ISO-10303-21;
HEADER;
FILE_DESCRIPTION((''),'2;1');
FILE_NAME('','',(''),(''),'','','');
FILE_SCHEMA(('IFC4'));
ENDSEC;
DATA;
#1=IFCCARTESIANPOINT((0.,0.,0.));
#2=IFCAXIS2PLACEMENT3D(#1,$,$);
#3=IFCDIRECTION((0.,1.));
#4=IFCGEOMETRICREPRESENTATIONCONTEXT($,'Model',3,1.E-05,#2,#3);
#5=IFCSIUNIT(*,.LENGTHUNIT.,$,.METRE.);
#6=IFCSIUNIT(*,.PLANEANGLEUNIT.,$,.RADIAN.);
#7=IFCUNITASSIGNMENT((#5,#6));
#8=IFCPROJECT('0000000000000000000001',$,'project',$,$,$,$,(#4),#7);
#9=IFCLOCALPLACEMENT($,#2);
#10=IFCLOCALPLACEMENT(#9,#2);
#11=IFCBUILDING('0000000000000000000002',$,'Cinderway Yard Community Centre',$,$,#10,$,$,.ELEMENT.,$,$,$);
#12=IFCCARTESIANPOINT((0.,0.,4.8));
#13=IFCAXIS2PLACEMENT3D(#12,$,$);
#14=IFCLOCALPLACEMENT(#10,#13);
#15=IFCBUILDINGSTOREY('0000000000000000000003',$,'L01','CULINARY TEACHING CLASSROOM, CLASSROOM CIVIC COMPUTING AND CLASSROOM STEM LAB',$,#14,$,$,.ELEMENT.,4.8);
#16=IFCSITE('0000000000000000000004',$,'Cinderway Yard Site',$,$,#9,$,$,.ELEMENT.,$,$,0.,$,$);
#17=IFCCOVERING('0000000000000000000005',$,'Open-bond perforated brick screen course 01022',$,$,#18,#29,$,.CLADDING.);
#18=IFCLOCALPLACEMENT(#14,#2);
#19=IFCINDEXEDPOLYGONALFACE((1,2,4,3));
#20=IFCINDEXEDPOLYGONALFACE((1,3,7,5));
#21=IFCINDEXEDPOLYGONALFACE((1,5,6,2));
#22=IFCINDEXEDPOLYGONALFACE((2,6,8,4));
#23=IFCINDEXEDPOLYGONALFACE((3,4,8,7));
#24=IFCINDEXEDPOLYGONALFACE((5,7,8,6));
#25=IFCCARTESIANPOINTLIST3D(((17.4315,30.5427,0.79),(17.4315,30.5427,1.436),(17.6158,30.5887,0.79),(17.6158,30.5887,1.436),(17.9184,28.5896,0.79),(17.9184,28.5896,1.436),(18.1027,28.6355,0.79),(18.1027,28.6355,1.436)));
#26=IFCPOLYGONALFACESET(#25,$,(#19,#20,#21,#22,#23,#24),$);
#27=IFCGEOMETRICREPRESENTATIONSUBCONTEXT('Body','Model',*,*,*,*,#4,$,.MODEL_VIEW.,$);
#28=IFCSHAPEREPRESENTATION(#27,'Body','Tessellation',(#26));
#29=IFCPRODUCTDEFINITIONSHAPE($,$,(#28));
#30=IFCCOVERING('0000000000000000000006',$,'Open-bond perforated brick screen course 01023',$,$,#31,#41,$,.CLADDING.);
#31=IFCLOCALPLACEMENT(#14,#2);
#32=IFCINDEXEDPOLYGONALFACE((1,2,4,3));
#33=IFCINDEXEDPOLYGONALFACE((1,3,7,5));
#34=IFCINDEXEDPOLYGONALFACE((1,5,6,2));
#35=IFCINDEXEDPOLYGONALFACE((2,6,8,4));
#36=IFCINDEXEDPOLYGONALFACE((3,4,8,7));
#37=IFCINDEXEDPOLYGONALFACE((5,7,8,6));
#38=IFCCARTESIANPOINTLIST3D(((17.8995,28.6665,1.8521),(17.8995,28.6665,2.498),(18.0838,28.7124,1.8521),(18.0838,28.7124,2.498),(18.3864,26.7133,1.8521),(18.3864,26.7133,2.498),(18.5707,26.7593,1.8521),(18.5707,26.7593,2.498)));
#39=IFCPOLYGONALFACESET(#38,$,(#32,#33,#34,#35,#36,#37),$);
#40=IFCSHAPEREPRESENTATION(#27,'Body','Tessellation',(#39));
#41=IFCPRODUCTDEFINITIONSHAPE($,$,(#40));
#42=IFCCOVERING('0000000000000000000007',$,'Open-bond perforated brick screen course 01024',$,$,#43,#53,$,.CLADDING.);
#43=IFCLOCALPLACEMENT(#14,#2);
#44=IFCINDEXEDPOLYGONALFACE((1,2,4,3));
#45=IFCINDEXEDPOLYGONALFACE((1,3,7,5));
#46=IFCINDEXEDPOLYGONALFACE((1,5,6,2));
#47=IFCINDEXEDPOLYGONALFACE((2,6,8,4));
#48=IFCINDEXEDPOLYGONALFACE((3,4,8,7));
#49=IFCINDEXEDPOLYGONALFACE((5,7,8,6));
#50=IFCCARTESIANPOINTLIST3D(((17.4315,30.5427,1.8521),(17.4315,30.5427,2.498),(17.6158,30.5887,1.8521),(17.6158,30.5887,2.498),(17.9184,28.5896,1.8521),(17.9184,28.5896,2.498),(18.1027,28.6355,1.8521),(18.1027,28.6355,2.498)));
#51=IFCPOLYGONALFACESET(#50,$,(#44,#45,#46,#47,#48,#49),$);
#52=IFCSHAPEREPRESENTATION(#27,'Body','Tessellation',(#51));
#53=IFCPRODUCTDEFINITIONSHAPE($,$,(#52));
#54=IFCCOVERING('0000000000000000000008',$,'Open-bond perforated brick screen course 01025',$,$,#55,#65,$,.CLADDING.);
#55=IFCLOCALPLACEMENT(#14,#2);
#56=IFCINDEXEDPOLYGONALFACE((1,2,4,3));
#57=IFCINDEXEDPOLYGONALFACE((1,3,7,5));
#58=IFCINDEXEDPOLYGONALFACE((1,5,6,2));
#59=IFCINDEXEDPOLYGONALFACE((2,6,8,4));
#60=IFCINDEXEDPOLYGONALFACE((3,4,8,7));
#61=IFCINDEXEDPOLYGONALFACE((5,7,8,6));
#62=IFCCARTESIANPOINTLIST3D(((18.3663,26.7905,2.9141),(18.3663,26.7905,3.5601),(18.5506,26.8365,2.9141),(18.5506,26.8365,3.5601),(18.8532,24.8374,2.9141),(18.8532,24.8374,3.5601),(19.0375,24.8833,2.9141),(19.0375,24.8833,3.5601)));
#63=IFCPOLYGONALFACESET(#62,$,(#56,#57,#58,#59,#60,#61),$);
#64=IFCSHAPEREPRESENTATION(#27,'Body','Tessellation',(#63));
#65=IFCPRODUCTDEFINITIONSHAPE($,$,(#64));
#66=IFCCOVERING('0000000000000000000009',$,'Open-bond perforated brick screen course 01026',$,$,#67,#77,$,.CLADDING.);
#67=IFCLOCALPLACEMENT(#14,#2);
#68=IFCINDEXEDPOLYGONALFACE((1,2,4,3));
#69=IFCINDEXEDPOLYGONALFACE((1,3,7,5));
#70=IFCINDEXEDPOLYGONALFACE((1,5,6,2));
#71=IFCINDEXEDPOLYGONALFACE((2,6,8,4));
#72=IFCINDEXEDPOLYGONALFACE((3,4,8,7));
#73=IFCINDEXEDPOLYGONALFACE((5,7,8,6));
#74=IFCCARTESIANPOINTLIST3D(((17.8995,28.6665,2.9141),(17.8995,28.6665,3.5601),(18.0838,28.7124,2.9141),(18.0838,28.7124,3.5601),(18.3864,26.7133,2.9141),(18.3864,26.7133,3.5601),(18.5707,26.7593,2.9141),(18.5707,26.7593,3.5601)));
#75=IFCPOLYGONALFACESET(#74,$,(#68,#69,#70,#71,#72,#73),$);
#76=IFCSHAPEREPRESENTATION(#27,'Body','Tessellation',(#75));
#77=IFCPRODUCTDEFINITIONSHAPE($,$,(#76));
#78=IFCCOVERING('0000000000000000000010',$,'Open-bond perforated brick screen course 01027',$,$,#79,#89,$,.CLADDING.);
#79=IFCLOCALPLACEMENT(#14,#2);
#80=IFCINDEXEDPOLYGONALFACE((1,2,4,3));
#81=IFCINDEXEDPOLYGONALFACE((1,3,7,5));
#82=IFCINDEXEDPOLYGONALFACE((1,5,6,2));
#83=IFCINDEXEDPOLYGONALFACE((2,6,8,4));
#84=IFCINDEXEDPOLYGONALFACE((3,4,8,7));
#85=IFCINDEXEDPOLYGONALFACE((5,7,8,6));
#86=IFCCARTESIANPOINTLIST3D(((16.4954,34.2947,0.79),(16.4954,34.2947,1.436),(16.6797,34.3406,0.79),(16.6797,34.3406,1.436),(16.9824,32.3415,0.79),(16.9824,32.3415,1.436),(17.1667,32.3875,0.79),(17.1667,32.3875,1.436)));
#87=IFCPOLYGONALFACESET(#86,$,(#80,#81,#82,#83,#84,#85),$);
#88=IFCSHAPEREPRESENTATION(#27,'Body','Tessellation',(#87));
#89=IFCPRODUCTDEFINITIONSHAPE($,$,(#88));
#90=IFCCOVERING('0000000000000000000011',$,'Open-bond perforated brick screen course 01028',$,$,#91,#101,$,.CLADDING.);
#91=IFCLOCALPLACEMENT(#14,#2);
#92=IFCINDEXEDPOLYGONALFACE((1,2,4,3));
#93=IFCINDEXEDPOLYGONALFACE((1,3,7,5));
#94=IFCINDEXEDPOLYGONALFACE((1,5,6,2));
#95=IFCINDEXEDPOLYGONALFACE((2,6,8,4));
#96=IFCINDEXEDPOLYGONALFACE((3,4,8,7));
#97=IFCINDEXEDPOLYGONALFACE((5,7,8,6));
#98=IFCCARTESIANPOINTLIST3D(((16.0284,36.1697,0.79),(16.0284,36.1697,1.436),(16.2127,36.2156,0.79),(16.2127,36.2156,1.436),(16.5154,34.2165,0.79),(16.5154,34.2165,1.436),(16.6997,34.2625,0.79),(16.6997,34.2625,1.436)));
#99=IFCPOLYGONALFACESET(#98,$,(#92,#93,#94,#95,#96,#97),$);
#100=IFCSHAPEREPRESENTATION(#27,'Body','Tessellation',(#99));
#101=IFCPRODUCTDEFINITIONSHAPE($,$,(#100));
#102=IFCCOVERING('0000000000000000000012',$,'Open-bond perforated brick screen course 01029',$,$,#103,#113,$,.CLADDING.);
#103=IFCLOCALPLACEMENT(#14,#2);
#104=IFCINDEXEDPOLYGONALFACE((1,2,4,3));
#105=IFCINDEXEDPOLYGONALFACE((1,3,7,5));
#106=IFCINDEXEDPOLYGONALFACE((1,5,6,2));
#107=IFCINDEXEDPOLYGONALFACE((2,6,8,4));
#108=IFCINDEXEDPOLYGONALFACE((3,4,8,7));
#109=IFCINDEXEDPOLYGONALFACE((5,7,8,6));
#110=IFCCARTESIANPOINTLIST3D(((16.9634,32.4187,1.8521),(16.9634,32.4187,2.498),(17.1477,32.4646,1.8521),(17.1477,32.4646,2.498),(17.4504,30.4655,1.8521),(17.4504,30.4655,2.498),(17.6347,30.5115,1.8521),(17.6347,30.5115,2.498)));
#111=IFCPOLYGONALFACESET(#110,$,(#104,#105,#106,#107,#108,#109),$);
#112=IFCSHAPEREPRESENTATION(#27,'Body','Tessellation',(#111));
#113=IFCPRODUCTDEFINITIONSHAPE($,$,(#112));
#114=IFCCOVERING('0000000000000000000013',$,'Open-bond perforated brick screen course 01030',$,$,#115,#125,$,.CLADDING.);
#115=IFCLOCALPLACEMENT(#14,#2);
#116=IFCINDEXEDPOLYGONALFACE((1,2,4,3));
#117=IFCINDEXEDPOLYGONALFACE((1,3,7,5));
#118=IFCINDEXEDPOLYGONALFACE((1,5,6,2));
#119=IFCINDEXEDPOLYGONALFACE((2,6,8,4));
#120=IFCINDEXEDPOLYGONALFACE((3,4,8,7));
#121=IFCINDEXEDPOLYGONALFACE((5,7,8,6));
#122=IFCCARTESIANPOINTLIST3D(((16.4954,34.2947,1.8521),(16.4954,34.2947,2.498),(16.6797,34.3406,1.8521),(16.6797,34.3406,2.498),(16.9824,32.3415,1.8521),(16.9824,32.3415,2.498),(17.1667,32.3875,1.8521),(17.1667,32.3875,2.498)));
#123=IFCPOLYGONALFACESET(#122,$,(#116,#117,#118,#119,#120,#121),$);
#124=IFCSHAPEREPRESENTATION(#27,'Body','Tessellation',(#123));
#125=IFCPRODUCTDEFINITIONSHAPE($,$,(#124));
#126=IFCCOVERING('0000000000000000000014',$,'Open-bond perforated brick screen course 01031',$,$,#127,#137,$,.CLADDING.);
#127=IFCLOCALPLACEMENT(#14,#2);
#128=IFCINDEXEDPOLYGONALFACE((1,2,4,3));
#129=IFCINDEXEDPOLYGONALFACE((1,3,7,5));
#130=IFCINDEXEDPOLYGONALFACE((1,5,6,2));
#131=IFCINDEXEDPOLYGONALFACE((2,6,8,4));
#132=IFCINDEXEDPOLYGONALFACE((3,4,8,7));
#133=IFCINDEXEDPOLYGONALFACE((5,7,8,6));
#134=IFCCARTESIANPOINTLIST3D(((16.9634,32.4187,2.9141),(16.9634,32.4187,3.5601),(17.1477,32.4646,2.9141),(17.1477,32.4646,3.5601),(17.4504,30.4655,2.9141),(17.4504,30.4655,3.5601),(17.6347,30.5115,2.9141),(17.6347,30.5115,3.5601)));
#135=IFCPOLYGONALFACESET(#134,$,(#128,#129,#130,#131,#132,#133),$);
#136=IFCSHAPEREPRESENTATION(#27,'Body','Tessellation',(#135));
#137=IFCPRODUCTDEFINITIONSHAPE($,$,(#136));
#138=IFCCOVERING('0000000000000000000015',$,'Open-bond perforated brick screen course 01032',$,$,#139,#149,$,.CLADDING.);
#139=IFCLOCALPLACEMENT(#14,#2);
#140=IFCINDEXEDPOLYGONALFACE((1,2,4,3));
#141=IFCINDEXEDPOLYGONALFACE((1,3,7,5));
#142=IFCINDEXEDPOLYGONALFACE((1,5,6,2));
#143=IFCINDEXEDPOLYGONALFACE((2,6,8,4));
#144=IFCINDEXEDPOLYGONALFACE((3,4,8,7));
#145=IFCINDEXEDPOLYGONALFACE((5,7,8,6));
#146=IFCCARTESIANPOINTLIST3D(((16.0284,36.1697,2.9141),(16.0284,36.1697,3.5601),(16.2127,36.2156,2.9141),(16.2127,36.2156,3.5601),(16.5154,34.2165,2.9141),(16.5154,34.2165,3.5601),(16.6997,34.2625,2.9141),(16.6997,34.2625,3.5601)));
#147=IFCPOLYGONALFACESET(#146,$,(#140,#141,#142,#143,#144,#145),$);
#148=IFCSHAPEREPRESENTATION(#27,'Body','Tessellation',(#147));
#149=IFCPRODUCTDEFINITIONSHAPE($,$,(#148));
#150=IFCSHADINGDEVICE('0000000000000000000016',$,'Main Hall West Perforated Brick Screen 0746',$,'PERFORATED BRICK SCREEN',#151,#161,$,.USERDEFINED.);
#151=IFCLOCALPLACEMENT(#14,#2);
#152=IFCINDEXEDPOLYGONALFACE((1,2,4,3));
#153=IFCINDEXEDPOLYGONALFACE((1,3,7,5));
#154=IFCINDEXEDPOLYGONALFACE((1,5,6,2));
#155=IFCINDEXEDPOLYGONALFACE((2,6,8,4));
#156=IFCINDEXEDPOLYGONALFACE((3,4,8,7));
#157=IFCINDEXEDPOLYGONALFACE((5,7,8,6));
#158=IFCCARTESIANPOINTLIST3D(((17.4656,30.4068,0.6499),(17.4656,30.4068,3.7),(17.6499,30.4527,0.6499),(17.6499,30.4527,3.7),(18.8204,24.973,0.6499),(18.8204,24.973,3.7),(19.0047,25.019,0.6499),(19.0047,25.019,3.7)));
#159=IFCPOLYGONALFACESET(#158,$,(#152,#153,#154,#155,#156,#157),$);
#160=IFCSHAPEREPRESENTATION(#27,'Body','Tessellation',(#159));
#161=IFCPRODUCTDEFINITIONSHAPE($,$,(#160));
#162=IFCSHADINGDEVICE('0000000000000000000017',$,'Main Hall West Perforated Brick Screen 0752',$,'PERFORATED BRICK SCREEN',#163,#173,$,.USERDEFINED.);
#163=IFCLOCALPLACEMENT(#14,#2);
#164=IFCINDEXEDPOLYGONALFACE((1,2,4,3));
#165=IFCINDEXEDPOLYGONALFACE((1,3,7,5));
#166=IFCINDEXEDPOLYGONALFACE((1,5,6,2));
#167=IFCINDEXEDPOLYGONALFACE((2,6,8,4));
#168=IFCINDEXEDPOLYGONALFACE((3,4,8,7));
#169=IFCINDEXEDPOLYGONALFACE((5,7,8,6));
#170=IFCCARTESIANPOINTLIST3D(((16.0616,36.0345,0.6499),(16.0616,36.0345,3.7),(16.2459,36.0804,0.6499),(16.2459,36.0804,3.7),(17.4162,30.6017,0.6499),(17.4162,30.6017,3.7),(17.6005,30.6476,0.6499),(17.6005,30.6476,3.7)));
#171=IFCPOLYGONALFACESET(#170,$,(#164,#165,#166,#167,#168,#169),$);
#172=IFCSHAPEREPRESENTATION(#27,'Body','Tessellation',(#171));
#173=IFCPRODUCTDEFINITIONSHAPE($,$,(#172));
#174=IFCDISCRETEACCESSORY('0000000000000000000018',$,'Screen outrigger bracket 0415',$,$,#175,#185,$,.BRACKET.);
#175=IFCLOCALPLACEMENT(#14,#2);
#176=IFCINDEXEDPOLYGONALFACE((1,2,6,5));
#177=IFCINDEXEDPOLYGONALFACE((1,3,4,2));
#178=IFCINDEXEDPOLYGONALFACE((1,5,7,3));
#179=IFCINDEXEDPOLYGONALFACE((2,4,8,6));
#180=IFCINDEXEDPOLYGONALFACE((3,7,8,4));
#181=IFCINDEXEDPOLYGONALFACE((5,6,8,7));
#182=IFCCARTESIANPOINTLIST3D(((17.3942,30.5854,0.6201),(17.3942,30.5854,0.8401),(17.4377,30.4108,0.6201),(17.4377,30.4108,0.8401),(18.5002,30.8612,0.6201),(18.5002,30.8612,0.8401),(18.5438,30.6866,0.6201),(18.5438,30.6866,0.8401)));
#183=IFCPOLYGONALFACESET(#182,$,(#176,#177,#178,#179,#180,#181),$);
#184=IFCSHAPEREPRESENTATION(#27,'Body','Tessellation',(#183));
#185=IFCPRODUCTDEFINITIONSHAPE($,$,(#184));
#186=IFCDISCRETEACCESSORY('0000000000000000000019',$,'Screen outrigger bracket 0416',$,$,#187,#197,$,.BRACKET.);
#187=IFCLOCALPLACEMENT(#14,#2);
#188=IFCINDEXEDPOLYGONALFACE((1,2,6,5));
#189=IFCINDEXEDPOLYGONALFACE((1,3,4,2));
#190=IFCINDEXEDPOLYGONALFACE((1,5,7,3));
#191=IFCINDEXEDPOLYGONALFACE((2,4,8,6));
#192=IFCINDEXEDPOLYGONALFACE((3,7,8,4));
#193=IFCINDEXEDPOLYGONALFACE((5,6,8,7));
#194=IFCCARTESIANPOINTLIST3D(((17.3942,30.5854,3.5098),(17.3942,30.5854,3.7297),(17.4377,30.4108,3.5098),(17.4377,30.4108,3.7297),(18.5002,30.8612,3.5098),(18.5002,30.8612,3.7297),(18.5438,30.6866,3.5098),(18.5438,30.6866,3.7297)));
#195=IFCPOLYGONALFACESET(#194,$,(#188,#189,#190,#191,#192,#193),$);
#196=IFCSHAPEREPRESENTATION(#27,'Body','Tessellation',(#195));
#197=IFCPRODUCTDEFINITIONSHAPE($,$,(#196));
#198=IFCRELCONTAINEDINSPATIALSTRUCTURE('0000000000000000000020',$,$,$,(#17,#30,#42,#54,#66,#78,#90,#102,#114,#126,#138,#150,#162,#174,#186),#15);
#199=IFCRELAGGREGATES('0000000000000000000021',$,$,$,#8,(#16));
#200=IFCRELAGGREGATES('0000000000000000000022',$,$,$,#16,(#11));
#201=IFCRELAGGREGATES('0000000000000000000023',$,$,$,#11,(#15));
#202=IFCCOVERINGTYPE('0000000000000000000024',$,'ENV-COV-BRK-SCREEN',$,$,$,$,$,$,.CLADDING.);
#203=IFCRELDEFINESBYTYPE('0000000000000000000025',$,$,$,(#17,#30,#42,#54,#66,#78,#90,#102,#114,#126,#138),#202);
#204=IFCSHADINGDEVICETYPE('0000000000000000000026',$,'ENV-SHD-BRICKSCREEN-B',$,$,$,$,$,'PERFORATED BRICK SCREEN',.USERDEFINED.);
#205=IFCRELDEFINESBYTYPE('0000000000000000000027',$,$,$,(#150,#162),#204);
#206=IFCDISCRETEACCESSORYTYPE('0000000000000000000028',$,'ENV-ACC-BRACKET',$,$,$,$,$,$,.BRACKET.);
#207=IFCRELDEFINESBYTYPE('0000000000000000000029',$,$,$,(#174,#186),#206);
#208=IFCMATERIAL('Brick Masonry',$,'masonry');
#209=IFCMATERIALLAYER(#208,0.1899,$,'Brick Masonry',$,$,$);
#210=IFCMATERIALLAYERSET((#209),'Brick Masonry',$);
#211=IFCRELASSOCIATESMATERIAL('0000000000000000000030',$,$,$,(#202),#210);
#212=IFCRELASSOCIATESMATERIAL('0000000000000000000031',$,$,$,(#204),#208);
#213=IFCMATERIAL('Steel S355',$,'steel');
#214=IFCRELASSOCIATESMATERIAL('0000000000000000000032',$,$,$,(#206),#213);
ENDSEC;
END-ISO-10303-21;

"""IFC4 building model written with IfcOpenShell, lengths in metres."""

from ifc_helpers import new_model, si_unit, direction, frame, origin, origin_2d, place, context, subcontext, project, spatial, rectangle, extrude, material, layer, layer_set, type_object, element, save


model = new_model("IFC4")

# Units and contexts
model_context = context("Model", 3, precision=1e-05, world=origin(), true_north=direction((0.0, 1.0)))
body_context = subcontext(model_context, "Body", "Model", "MODEL_VIEW")
ifc_project = project(units=[si_unit("LENGTHUNIT", "METRE"), si_unit("PLANEANGLEUNIT", "RADIAN")], contexts=[model_context])

# Site, building, storey
site_placement = place(None, origin())
site = spatial("IfcSite", under=ifc_project, at=site_placement, Name="Cinderway Yard Site", CompositionType="ELEMENT", RefElevation=0.0)
building_placement = place(site_placement, origin())
building = spatial("IfcBuilding", under=site, at=building_placement, Name="Cinderway Yard Community Centre", CompositionType="ELEMENT")
storey_placement = place(building_placement, frame((0.0, 0.0, 4.8)))
storey = spatial("IfcBuildingStorey", under=building, at=storey_placement, Name="L01", Description="CULINARY TEACHING CLASSROOM, CLASSROOM CIVIC COMPUTING AND CLASSROOM STEM LAB", CompositionType="ELEMENT", Elevation=4.8)

# Shared definitions
ifc_material_1 = material(Name="Steel S355", Category="steel")

# Shared definitions
ifc_material_2 = material(Name="Brick Masonry", Category="masonry")

# Coverings
ifc_layer_1 = layer(ifc_material_2, 0.1899, Name="Brick Masonry")
ifc_layer_set_1 = layer_set([ifc_layer_1], Name="Brick Masonry")
covering_type = type_object("IfcCoveringType", Name="ENV-COV-BRK-SCREEN", PredefinedType="CLADDING", material=ifc_layer_set_1)
for number, where, z_axis, x_axis, name in (
    (1, (17.7671, 29.5891, 0.79), (0.0, 0.0, 1.0), (-0.241922, 0.970296, 0.0), "Open-bond perforated brick screen course 01022"),
    (2, (18.2351, 27.7129, 1.8521), (0.0, 0.0, 1.0), (-0.241922, 0.970296, 0.0), "Open-bond perforated brick screen course 01023"),
    (3, (17.7671, 29.5891, 1.8521), (0.0, 0.0, 1.0), (-0.241922, 0.970296, 0.0), "Open-bond perforated brick screen course 01024"),
    (4, (18.7019, 25.8369, 2.9141), (0.0, 0.0, 1.0), (-0.241922, 0.970296, 0.0), "Open-bond perforated brick screen course 01025"),
    (5, (18.2351, 27.7129, 2.9141), (0.0, 0.0, 1.0), (-0.241922, 0.970296, 0.0), "Open-bond perforated brick screen course 01026"),
    (6, (16.8311, 33.3411, 0.79), (0.0, 0.0, 1.0), (-0.241922, 0.970296, 0.0), "Open-bond perforated brick screen course 01027"),
    (7, (16.364, 35.2161, 0.79), (0.0, 0.0, 1.0), (-0.241922, 0.970296, 0.0), "Open-bond perforated brick screen course 01028"),
    (8, (17.2991, 31.4651, 1.8521), (0.0, 0.0, 1.0), (-0.241922, 0.970296, 0.0), "Open-bond perforated brick screen course 01029"),
    (9, (16.8311, 33.3411, 1.8521), (0.0, 0.0, 1.0), (-0.241922, 0.970296, 0.0), "Open-bond perforated brick screen course 01030"),
    (10, (17.2991, 31.4651, 2.9141), (0.0, 0.0, 1.0), (-0.241922, 0.970296, 0.0), "Open-bond perforated brick screen course 01031"),
    (11, (16.364, 35.2161, 2.9141), (0.0, 0.0, 1.0), (-0.241922, 0.970296, 0.0), "Open-bond perforated brick screen course 01032"),
):
    element("IfcCovering", number, at=place(storey_placement, frame(where, z_axis=z_axis, x_axis=x_axis)), inside=storey, type_object=covering_type, Name=name, PredefinedType="CLADDING", context=body_context, shape_type="SweptSolid", body=[
        extrude(rectangle(XDim=2.0129, YDim=0.1899, at=origin_2d()), origin(), (0.0, 0.0, 1.0), 0.646),
    ])

# Shading devices
shading_device_type = type_object("IfcShadingDeviceType", Name="ENV-SHD-BRICKSCREEN-B", ElementType="PERFORATED BRICK SCREEN", PredefinedType="USERDEFINED", material=ifc_material_2)
shading_device_1_placement = place(storey_placement, frame((18.2351, 27.7129, 0.6499), z_axis=(0.0, 0.0, 1.0), x_axis=(-0.241922, 0.970296, 0.0)))
element("IfcShadingDevice", 12, at=shading_device_1_placement, inside=storey, type_object=shading_device_type, Name="Main Hall West Perforated Brick Screen 0746", ObjectType="PERFORATED BRICK SCREEN", PredefinedType="USERDEFINED", context=body_context, shape_type="SweptSolid", body=[
    extrude(rectangle(XDim=5.6001, YDim=0.1899, at=origin_2d()), origin(), (0.0, 0.0, 1.0), 3.05),
])
shading_device_2_placement = place(storey_placement, frame((16.8311, 33.3411, 0.6499), z_axis=(0.0, 0.0, 1.0), x_axis=(-0.241922, 0.970296, 0.0)))
element("IfcShadingDevice", 13, at=shading_device_2_placement, inside=storey, type_object=shading_device_type, Name="Main Hall West Perforated Brick Screen 0752", ObjectType="PERFORATED BRICK SCREEN", PredefinedType="USERDEFINED", context=body_context, shape_type="SweptSolid", body=[
    extrude(rectangle(XDim=5.5991, YDim=0.1899, at=origin_2d()), origin(), (0.0, 0.0, 1.0), 3.05),
])

# Discrete accessories
discrete_accessory_type = type_object("IfcDiscreteAccessoryType", Name="ENV-ACC-BRACKET", PredefinedType="BRACKET", material=ifc_material_1)
for number, where, z_axis, x_axis, name in (
    (14, (17.969, 30.636, 0.6201), (0.0, 0.0, 1.0), (-0.970296, -0.241922, 0.0), "Screen outrigger bracket 0415"),
    (15, (17.969, 30.636, 3.5098), (0.0, 0.0, 1.0), (-0.970296, -0.241922, 0.0), "Screen outrigger bracket 0416"),
):
    element("IfcDiscreteAccessory", number, at=place(storey_placement, frame(where, z_axis=z_axis, x_axis=x_axis)), inside=storey, type_object=discrete_accessory_type, Name=name, PredefinedType="BRACKET", context=body_context, shape_type="SweptSolid", body=[
        extrude(rectangle(XDim=1.1399, YDim=0.1799, at=origin_2d()), origin(), (0.0, 0.0, 1.0), 0.22),
    ])

save(model, "model.ifc")
